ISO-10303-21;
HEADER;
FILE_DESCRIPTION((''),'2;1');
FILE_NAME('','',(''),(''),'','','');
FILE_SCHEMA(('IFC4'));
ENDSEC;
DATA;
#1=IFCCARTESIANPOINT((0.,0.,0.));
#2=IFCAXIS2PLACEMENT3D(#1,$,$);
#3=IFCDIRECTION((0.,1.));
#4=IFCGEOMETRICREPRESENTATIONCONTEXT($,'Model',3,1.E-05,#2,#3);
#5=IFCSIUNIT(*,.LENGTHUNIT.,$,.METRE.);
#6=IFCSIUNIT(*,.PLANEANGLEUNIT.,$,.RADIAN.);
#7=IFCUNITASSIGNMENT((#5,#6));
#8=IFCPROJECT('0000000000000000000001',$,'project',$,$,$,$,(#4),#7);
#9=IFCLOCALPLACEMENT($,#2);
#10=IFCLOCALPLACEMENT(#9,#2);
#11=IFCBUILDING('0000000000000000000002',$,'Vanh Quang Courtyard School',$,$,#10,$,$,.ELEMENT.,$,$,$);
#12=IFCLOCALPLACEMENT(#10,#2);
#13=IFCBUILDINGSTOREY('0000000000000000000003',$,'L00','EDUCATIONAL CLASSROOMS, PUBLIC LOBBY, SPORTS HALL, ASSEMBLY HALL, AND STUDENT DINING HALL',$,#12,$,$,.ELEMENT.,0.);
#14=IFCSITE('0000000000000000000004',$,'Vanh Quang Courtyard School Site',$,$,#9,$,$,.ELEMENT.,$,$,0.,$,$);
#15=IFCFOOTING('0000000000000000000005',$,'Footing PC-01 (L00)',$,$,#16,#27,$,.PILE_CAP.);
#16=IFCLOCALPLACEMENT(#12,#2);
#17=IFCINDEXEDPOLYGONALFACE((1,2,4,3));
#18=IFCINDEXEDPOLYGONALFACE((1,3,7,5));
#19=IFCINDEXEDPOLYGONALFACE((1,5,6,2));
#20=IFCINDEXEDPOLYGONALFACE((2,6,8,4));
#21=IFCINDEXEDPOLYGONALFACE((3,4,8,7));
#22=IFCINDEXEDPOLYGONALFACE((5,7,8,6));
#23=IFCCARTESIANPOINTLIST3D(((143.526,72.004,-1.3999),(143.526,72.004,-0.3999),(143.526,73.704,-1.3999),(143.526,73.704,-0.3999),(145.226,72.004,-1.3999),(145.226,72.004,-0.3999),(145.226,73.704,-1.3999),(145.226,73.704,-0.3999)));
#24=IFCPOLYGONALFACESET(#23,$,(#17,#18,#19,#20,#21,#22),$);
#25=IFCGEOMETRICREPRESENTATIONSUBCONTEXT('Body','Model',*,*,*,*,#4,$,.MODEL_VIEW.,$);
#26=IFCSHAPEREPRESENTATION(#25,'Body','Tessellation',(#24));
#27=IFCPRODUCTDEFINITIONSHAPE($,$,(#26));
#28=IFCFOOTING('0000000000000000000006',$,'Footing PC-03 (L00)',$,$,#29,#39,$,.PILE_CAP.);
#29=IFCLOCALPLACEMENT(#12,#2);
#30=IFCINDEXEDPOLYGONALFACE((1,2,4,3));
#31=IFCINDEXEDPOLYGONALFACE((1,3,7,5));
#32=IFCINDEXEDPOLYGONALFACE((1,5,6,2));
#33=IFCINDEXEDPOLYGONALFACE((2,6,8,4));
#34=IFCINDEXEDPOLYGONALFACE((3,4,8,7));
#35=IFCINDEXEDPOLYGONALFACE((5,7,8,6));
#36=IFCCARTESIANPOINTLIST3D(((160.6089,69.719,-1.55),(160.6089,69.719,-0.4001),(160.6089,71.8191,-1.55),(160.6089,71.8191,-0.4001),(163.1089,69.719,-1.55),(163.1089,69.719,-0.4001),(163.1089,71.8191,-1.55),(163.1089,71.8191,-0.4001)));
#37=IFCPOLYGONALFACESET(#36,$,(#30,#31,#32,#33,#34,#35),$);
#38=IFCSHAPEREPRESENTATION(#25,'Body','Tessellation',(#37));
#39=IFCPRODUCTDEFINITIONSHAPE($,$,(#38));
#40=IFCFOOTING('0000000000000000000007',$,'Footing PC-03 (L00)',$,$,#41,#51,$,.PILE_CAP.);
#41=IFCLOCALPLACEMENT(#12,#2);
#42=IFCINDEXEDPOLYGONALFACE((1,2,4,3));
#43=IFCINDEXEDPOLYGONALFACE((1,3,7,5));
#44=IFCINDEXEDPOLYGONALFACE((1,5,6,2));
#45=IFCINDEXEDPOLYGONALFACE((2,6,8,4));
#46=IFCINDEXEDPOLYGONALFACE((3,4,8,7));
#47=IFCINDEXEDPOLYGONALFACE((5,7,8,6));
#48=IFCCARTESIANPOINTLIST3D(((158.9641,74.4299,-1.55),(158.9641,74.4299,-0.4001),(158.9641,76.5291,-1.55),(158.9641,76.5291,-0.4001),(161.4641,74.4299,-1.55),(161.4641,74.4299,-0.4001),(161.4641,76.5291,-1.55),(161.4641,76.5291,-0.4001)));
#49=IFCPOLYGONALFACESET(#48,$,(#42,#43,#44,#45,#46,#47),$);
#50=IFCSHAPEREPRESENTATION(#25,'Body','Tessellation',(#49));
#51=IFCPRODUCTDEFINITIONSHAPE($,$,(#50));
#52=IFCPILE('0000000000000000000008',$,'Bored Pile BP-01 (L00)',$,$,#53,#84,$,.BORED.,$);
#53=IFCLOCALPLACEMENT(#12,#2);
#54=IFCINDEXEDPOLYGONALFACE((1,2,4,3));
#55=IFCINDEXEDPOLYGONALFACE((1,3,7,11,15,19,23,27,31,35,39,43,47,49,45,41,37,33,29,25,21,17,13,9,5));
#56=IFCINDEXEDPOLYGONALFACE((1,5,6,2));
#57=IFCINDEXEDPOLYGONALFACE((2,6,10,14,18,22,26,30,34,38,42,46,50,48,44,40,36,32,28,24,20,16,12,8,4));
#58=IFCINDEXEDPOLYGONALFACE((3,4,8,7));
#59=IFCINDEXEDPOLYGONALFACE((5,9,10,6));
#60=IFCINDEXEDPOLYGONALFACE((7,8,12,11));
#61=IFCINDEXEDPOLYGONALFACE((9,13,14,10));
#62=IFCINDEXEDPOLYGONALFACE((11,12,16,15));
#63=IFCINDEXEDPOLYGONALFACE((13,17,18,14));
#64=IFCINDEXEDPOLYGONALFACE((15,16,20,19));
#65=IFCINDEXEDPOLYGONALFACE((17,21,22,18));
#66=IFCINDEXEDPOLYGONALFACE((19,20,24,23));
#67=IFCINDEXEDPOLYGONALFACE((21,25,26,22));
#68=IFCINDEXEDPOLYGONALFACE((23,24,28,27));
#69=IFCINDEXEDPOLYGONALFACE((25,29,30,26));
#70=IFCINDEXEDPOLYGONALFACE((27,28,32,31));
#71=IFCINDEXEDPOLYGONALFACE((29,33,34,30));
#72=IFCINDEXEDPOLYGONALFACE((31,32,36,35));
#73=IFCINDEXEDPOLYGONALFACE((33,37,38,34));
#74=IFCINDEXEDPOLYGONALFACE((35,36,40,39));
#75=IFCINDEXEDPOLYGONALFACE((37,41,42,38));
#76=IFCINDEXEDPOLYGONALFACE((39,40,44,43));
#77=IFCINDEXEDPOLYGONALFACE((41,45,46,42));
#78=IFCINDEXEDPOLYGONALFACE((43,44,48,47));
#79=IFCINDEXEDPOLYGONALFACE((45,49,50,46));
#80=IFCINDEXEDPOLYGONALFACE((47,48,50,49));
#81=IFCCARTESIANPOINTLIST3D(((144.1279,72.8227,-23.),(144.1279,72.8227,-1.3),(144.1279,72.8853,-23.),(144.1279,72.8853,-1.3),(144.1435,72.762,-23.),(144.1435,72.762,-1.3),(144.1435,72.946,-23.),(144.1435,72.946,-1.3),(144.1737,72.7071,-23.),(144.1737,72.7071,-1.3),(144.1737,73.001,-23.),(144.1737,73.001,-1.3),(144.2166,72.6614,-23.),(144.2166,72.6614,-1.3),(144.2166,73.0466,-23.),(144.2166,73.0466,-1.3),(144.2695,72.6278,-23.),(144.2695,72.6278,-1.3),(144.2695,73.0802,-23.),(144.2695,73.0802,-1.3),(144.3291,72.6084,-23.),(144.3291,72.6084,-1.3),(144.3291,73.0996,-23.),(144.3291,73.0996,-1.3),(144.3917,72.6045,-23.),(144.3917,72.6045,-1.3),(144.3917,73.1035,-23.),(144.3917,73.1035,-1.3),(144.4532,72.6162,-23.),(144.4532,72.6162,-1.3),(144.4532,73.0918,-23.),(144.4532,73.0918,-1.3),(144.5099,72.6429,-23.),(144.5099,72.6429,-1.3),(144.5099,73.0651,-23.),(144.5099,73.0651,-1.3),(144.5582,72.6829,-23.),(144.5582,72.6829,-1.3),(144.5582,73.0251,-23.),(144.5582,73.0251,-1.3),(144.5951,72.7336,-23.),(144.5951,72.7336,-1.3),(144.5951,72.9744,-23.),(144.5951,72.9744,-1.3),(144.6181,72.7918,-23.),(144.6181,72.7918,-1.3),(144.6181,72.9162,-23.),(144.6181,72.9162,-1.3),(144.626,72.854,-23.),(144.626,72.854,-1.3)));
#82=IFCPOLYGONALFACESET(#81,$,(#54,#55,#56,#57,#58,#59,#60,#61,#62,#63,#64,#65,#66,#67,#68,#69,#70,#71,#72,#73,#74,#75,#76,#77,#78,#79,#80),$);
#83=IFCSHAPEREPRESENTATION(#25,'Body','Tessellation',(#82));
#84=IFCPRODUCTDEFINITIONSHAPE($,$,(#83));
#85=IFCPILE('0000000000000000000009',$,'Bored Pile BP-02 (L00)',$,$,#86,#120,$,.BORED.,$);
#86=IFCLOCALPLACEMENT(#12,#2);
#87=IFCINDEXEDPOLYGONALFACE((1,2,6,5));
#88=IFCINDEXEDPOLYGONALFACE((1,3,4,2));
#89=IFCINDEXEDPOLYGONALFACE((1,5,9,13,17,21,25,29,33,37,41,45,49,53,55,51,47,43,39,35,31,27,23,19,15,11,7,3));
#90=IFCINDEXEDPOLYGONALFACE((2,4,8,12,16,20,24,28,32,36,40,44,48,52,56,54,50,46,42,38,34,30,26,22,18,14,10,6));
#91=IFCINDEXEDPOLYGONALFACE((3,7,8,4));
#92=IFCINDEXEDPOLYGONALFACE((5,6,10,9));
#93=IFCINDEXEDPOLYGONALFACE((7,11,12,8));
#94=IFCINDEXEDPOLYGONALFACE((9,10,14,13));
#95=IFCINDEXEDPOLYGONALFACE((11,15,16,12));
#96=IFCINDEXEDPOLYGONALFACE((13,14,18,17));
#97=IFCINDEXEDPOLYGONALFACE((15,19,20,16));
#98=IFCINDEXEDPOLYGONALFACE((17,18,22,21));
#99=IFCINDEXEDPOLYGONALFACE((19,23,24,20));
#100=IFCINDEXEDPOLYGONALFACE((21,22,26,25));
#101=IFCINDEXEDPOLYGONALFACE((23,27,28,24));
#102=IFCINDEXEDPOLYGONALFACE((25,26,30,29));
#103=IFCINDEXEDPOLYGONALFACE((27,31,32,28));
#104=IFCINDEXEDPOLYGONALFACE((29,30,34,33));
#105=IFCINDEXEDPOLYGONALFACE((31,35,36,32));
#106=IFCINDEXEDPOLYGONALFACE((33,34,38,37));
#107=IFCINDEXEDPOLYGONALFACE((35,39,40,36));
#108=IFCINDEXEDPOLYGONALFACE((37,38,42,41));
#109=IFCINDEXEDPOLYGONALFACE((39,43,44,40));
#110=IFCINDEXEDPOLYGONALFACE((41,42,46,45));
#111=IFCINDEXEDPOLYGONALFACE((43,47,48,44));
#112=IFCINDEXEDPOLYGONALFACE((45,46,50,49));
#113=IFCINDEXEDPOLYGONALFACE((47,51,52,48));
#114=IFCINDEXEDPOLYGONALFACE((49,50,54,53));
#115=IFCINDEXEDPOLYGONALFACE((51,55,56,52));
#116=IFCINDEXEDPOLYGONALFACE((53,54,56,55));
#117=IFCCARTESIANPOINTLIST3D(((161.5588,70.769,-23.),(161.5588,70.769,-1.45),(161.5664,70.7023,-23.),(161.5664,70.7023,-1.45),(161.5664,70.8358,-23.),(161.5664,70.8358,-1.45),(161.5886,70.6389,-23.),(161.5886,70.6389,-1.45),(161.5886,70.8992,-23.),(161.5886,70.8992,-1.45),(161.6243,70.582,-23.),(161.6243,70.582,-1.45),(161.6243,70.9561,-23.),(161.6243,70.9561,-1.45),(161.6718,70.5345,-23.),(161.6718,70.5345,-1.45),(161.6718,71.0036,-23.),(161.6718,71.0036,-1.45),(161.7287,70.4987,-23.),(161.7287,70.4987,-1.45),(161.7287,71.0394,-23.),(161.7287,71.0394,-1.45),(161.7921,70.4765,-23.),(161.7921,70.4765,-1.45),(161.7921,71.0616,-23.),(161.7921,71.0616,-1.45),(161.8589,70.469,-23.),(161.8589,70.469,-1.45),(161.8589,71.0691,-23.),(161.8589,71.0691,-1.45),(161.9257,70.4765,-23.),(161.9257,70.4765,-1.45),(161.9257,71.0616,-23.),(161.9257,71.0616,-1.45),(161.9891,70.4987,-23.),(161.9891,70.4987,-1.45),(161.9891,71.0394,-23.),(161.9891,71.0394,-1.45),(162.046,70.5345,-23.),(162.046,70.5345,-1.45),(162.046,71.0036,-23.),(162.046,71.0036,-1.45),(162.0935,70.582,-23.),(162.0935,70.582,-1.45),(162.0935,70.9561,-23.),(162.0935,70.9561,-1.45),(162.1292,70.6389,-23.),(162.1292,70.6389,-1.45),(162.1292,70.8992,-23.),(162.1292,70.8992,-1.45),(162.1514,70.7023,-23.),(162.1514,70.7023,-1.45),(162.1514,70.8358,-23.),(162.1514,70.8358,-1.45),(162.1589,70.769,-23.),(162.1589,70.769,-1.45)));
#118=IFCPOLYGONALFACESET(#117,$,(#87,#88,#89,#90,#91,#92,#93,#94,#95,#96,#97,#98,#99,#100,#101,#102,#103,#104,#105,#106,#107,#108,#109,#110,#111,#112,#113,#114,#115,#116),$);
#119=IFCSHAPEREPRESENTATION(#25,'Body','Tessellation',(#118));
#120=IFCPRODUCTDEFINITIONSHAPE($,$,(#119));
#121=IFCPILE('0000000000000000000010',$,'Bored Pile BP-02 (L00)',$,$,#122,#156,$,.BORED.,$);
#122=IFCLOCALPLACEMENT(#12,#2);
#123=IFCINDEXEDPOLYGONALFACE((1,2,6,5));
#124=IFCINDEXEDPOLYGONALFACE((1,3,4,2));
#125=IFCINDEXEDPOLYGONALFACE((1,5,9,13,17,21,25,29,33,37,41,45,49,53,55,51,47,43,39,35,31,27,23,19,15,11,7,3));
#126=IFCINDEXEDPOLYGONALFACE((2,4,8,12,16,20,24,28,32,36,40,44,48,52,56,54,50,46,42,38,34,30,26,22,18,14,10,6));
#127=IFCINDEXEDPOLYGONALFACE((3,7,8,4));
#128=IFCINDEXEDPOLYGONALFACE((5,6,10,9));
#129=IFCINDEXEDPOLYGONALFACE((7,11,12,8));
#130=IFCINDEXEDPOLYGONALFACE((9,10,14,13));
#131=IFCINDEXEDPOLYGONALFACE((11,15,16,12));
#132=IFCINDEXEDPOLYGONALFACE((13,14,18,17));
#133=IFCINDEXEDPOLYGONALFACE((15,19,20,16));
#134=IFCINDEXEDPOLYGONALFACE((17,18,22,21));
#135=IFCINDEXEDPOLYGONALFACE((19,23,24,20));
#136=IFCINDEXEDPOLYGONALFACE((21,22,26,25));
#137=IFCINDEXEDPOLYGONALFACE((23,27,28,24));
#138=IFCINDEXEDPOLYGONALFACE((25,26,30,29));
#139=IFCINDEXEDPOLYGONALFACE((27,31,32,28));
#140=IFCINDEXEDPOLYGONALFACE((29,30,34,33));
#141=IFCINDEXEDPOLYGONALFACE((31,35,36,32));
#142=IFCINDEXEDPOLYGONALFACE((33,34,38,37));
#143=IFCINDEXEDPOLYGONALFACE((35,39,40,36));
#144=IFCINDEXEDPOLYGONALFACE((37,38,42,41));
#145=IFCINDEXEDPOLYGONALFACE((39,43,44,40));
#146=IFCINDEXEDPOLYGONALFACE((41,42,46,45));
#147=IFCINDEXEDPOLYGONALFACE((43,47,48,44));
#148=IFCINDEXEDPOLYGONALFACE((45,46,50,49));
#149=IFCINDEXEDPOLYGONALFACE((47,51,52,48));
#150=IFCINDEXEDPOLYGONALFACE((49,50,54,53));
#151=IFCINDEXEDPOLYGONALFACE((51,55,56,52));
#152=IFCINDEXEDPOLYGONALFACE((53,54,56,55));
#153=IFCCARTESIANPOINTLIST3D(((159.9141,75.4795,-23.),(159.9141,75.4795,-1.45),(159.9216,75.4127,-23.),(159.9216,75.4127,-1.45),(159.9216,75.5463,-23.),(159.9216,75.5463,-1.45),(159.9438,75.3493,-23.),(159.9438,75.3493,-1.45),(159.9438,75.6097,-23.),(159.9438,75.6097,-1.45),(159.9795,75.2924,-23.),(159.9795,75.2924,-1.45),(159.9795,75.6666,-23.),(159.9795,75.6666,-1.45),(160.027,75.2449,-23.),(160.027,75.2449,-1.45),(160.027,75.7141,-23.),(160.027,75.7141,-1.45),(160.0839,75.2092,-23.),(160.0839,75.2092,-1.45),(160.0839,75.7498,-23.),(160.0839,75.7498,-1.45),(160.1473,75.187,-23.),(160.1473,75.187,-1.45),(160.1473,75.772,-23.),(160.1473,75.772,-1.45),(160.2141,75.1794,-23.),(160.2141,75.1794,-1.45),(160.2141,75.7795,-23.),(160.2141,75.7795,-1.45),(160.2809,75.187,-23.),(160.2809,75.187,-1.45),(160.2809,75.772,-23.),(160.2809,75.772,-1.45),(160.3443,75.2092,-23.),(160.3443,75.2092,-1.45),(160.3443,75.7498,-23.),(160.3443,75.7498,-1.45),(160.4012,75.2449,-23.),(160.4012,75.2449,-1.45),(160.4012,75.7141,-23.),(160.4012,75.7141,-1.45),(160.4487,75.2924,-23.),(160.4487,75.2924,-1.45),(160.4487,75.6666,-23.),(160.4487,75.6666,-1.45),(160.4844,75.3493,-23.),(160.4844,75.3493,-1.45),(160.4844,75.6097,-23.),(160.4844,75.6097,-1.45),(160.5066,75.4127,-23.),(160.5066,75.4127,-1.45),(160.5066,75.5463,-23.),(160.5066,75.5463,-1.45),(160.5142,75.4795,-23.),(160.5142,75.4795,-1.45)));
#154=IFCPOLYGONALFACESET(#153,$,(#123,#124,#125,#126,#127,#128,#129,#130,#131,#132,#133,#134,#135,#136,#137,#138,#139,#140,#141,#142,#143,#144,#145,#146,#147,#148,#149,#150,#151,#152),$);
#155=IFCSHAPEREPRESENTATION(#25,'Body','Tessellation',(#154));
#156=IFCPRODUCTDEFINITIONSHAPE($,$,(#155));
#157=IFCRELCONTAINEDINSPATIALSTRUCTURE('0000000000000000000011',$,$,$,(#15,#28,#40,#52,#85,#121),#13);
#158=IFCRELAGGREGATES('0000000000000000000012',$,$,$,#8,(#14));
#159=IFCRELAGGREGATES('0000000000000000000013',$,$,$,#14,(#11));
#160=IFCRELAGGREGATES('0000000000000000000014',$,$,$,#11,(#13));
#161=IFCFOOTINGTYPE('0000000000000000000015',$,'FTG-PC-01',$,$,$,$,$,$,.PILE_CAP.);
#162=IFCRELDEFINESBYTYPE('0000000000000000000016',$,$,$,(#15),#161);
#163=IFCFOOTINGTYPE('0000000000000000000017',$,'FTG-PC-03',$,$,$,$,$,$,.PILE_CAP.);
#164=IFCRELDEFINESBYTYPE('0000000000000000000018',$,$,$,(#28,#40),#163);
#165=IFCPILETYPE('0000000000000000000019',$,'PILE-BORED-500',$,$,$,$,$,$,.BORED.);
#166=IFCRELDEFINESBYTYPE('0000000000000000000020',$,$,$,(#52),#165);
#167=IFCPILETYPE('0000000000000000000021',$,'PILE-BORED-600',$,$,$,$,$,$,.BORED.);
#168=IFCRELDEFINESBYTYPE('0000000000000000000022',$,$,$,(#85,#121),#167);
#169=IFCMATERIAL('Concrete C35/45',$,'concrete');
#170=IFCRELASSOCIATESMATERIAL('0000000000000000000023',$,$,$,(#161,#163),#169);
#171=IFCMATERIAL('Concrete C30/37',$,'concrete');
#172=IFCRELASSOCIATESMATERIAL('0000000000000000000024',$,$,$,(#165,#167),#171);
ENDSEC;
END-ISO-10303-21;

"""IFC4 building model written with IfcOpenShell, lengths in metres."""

from ifc_helpers import new_model, si_unit, direction, frame, origin, origin_2d, place, context, subcontext, project, spatial, rectangle, circle, extrude, material, material_profile, profile_set, type_object, element, save


model = new_model("IFC4")

# Units and contexts
model_context = context("Model", 3, precision=1e-05, world=origin(), true_north=direction((0.0, 1.0)))
body_context = subcontext(model_context, "Body", "Model", "MODEL_VIEW")
ifc_project = project(units=[si_unit("LENGTHUNIT", "METRE"), si_unit("PLANEANGLEUNIT", "RADIAN")], contexts=[model_context])

# Site, building, storey
site_placement = place(None, origin())
site = spatial("IfcSite", under=ifc_project, at=site_placement, Name="Vanh Quang Courtyard School Site", CompositionType="ELEMENT", RefElevation=0.0)
building_placement = place(site_placement, origin())
building = spatial("IfcBuilding", under=site, at=building_placement, Name="Vanh Quang Courtyard School", CompositionType="ELEMENT")
storey_placement = place(building_placement, origin())
storey = spatial("IfcBuildingStorey", under=building, at=storey_placement, Name="L00", Description="EDUCATIONAL CLASSROOMS, PUBLIC LOBBY, SPORTS HALL, ASSEMBLY HALL, AND STUDENT DINING HALL", CompositionType="ELEMENT", Elevation=0.0)

# Footings
ifc_material_1 = material(Name="Concrete C35/45", Category="concrete")
footing_type_1 = type_object("IfcFootingType", Name="FTG-PC-01", PredefinedType="PILE_CAP", material=ifc_material_1)
footing_1_placement = place(storey_placement, frame((144.376, 72.854, -1.3999), z_axis=(0.0, 0.0, 1.0), x_axis=(1.0, 0.0, 0.0)))
element("IfcFooting", 1, at=footing_1_placement, inside=storey, type_object=footing_type_1, Name="Footing PC-01 (L00)", PredefinedType="PILE_CAP", context=body_context, shape_type="SweptSolid", body=[
    extrude(rectangle(XDim=1.7, YDim=1.7, at=origin_2d()), origin(), (0.0, 0.0, 1.0), 1.0),
])
footing_type_2 = type_object("IfcFootingType", Name="FTG-PC-03", PredefinedType="PILE_CAP", material=ifc_material_1)
footing_2_placement = place(storey_placement, frame((161.8589, 70.769, -1.55), z_axis=(0.0, 0.0, 1.0), x_axis=(1.0, 0.0, 0.0)))
element("IfcFooting", 2, at=footing_2_placement, inside=storey, type_object=footing_type_2, Name="Footing PC-03 (L00)", PredefinedType="PILE_CAP", context=body_context, shape_type="SweptSolid", body=[
    extrude(rectangle(XDim=2.5, YDim=2.1001, at=origin_2d()), origin(), (0.0, 0.0, 1.0), 1.1499),
])
footing_3_placement = place(storey_placement, frame((160.2141, 75.4795, -1.55), z_axis=(0.0, 0.0, 1.0), x_axis=(1.0, 0.0, 0.0)))
element("IfcFooting", 3, at=footing_3_placement, inside=storey, type_object=footing_type_2, Name="Footing PC-03 (L00)", PredefinedType="PILE_CAP", context=body_context, shape_type="SweptSolid", body=[
    extrude(rectangle(XDim=2.5, YDim=2.0991, at=origin_2d()), origin(), (0.0, 0.0, 1.0), 1.1499),
])

# Piles
ifc_material_2 = material(Name="Concrete C30/37", Category="concrete")
ifc_material_profile_1 = material_profile(ifc_material_2, circle(Radius=0.25, at=origin_2d()), Name="PILE D500")
ifc_profile_set_1 = profile_set([ifc_material_profile_1], Name="Concrete C30/37")
pile_type_1 = type_object("IfcPileType", Name="PILE-BORED-500", PredefinedType="BORED", material=ifc_profile_set_1)
pile_placement = place(storey_placement, frame((144.376, 72.854, -1.3), z_axis=(0.0, 0.0, -1.0), x_axis=(1.0, 0.0, 0.0)))
element("IfcPile", 4, at=pile_placement, inside=storey, type_object=pile_type_1, Name="Bored Pile BP-01 (L00)", PredefinedType="BORED", context=body_context, shape_type="SweptSolid", body=[
    extrude(circle(Radius=0.25, at=origin_2d()), origin(), (0.0, 0.0, 1.0), 21.7),
])
ifc_material_profile_2 = material_profile(ifc_material_2, circle(Radius=0.3, at=origin_2d()), Name="PILE D600")
ifc_profile_set_2 = profile_set([ifc_material_profile_2], Name="Concrete C30/37")
pile_type_2 = type_object("IfcPileType", Name="PILE-BORED-600", PredefinedType="BORED", material=ifc_profile_set_2)
for number, where, z_axis, x_axis, name in (
    (5, (161.8589, 70.769, -1.45), (0.0, 0.0, -1.0), (1.0, 0.0, 0.0), "Bored Pile BP-02 (L00)"),
    (6, (160.2141, 75.4795, -1.45), (0.0, 0.0, -1.0), (1.0, 0.0, 0.0), "Bored Pile BP-02 (L00)"),
):
    element("IfcPile", number, at=place(storey_placement, frame(where, z_axis=z_axis, x_axis=x_axis)), inside=storey, type_object=pile_type_2, Name=name, PredefinedType="BORED", context=body_context, shape_type="SweptSolid", body=[
        extrude(circle(Radius=0.3, at=origin_2d()), origin(), (0.0, 0.0, 1.0), 21.55),
    ])

save(model, "model.ifc")
